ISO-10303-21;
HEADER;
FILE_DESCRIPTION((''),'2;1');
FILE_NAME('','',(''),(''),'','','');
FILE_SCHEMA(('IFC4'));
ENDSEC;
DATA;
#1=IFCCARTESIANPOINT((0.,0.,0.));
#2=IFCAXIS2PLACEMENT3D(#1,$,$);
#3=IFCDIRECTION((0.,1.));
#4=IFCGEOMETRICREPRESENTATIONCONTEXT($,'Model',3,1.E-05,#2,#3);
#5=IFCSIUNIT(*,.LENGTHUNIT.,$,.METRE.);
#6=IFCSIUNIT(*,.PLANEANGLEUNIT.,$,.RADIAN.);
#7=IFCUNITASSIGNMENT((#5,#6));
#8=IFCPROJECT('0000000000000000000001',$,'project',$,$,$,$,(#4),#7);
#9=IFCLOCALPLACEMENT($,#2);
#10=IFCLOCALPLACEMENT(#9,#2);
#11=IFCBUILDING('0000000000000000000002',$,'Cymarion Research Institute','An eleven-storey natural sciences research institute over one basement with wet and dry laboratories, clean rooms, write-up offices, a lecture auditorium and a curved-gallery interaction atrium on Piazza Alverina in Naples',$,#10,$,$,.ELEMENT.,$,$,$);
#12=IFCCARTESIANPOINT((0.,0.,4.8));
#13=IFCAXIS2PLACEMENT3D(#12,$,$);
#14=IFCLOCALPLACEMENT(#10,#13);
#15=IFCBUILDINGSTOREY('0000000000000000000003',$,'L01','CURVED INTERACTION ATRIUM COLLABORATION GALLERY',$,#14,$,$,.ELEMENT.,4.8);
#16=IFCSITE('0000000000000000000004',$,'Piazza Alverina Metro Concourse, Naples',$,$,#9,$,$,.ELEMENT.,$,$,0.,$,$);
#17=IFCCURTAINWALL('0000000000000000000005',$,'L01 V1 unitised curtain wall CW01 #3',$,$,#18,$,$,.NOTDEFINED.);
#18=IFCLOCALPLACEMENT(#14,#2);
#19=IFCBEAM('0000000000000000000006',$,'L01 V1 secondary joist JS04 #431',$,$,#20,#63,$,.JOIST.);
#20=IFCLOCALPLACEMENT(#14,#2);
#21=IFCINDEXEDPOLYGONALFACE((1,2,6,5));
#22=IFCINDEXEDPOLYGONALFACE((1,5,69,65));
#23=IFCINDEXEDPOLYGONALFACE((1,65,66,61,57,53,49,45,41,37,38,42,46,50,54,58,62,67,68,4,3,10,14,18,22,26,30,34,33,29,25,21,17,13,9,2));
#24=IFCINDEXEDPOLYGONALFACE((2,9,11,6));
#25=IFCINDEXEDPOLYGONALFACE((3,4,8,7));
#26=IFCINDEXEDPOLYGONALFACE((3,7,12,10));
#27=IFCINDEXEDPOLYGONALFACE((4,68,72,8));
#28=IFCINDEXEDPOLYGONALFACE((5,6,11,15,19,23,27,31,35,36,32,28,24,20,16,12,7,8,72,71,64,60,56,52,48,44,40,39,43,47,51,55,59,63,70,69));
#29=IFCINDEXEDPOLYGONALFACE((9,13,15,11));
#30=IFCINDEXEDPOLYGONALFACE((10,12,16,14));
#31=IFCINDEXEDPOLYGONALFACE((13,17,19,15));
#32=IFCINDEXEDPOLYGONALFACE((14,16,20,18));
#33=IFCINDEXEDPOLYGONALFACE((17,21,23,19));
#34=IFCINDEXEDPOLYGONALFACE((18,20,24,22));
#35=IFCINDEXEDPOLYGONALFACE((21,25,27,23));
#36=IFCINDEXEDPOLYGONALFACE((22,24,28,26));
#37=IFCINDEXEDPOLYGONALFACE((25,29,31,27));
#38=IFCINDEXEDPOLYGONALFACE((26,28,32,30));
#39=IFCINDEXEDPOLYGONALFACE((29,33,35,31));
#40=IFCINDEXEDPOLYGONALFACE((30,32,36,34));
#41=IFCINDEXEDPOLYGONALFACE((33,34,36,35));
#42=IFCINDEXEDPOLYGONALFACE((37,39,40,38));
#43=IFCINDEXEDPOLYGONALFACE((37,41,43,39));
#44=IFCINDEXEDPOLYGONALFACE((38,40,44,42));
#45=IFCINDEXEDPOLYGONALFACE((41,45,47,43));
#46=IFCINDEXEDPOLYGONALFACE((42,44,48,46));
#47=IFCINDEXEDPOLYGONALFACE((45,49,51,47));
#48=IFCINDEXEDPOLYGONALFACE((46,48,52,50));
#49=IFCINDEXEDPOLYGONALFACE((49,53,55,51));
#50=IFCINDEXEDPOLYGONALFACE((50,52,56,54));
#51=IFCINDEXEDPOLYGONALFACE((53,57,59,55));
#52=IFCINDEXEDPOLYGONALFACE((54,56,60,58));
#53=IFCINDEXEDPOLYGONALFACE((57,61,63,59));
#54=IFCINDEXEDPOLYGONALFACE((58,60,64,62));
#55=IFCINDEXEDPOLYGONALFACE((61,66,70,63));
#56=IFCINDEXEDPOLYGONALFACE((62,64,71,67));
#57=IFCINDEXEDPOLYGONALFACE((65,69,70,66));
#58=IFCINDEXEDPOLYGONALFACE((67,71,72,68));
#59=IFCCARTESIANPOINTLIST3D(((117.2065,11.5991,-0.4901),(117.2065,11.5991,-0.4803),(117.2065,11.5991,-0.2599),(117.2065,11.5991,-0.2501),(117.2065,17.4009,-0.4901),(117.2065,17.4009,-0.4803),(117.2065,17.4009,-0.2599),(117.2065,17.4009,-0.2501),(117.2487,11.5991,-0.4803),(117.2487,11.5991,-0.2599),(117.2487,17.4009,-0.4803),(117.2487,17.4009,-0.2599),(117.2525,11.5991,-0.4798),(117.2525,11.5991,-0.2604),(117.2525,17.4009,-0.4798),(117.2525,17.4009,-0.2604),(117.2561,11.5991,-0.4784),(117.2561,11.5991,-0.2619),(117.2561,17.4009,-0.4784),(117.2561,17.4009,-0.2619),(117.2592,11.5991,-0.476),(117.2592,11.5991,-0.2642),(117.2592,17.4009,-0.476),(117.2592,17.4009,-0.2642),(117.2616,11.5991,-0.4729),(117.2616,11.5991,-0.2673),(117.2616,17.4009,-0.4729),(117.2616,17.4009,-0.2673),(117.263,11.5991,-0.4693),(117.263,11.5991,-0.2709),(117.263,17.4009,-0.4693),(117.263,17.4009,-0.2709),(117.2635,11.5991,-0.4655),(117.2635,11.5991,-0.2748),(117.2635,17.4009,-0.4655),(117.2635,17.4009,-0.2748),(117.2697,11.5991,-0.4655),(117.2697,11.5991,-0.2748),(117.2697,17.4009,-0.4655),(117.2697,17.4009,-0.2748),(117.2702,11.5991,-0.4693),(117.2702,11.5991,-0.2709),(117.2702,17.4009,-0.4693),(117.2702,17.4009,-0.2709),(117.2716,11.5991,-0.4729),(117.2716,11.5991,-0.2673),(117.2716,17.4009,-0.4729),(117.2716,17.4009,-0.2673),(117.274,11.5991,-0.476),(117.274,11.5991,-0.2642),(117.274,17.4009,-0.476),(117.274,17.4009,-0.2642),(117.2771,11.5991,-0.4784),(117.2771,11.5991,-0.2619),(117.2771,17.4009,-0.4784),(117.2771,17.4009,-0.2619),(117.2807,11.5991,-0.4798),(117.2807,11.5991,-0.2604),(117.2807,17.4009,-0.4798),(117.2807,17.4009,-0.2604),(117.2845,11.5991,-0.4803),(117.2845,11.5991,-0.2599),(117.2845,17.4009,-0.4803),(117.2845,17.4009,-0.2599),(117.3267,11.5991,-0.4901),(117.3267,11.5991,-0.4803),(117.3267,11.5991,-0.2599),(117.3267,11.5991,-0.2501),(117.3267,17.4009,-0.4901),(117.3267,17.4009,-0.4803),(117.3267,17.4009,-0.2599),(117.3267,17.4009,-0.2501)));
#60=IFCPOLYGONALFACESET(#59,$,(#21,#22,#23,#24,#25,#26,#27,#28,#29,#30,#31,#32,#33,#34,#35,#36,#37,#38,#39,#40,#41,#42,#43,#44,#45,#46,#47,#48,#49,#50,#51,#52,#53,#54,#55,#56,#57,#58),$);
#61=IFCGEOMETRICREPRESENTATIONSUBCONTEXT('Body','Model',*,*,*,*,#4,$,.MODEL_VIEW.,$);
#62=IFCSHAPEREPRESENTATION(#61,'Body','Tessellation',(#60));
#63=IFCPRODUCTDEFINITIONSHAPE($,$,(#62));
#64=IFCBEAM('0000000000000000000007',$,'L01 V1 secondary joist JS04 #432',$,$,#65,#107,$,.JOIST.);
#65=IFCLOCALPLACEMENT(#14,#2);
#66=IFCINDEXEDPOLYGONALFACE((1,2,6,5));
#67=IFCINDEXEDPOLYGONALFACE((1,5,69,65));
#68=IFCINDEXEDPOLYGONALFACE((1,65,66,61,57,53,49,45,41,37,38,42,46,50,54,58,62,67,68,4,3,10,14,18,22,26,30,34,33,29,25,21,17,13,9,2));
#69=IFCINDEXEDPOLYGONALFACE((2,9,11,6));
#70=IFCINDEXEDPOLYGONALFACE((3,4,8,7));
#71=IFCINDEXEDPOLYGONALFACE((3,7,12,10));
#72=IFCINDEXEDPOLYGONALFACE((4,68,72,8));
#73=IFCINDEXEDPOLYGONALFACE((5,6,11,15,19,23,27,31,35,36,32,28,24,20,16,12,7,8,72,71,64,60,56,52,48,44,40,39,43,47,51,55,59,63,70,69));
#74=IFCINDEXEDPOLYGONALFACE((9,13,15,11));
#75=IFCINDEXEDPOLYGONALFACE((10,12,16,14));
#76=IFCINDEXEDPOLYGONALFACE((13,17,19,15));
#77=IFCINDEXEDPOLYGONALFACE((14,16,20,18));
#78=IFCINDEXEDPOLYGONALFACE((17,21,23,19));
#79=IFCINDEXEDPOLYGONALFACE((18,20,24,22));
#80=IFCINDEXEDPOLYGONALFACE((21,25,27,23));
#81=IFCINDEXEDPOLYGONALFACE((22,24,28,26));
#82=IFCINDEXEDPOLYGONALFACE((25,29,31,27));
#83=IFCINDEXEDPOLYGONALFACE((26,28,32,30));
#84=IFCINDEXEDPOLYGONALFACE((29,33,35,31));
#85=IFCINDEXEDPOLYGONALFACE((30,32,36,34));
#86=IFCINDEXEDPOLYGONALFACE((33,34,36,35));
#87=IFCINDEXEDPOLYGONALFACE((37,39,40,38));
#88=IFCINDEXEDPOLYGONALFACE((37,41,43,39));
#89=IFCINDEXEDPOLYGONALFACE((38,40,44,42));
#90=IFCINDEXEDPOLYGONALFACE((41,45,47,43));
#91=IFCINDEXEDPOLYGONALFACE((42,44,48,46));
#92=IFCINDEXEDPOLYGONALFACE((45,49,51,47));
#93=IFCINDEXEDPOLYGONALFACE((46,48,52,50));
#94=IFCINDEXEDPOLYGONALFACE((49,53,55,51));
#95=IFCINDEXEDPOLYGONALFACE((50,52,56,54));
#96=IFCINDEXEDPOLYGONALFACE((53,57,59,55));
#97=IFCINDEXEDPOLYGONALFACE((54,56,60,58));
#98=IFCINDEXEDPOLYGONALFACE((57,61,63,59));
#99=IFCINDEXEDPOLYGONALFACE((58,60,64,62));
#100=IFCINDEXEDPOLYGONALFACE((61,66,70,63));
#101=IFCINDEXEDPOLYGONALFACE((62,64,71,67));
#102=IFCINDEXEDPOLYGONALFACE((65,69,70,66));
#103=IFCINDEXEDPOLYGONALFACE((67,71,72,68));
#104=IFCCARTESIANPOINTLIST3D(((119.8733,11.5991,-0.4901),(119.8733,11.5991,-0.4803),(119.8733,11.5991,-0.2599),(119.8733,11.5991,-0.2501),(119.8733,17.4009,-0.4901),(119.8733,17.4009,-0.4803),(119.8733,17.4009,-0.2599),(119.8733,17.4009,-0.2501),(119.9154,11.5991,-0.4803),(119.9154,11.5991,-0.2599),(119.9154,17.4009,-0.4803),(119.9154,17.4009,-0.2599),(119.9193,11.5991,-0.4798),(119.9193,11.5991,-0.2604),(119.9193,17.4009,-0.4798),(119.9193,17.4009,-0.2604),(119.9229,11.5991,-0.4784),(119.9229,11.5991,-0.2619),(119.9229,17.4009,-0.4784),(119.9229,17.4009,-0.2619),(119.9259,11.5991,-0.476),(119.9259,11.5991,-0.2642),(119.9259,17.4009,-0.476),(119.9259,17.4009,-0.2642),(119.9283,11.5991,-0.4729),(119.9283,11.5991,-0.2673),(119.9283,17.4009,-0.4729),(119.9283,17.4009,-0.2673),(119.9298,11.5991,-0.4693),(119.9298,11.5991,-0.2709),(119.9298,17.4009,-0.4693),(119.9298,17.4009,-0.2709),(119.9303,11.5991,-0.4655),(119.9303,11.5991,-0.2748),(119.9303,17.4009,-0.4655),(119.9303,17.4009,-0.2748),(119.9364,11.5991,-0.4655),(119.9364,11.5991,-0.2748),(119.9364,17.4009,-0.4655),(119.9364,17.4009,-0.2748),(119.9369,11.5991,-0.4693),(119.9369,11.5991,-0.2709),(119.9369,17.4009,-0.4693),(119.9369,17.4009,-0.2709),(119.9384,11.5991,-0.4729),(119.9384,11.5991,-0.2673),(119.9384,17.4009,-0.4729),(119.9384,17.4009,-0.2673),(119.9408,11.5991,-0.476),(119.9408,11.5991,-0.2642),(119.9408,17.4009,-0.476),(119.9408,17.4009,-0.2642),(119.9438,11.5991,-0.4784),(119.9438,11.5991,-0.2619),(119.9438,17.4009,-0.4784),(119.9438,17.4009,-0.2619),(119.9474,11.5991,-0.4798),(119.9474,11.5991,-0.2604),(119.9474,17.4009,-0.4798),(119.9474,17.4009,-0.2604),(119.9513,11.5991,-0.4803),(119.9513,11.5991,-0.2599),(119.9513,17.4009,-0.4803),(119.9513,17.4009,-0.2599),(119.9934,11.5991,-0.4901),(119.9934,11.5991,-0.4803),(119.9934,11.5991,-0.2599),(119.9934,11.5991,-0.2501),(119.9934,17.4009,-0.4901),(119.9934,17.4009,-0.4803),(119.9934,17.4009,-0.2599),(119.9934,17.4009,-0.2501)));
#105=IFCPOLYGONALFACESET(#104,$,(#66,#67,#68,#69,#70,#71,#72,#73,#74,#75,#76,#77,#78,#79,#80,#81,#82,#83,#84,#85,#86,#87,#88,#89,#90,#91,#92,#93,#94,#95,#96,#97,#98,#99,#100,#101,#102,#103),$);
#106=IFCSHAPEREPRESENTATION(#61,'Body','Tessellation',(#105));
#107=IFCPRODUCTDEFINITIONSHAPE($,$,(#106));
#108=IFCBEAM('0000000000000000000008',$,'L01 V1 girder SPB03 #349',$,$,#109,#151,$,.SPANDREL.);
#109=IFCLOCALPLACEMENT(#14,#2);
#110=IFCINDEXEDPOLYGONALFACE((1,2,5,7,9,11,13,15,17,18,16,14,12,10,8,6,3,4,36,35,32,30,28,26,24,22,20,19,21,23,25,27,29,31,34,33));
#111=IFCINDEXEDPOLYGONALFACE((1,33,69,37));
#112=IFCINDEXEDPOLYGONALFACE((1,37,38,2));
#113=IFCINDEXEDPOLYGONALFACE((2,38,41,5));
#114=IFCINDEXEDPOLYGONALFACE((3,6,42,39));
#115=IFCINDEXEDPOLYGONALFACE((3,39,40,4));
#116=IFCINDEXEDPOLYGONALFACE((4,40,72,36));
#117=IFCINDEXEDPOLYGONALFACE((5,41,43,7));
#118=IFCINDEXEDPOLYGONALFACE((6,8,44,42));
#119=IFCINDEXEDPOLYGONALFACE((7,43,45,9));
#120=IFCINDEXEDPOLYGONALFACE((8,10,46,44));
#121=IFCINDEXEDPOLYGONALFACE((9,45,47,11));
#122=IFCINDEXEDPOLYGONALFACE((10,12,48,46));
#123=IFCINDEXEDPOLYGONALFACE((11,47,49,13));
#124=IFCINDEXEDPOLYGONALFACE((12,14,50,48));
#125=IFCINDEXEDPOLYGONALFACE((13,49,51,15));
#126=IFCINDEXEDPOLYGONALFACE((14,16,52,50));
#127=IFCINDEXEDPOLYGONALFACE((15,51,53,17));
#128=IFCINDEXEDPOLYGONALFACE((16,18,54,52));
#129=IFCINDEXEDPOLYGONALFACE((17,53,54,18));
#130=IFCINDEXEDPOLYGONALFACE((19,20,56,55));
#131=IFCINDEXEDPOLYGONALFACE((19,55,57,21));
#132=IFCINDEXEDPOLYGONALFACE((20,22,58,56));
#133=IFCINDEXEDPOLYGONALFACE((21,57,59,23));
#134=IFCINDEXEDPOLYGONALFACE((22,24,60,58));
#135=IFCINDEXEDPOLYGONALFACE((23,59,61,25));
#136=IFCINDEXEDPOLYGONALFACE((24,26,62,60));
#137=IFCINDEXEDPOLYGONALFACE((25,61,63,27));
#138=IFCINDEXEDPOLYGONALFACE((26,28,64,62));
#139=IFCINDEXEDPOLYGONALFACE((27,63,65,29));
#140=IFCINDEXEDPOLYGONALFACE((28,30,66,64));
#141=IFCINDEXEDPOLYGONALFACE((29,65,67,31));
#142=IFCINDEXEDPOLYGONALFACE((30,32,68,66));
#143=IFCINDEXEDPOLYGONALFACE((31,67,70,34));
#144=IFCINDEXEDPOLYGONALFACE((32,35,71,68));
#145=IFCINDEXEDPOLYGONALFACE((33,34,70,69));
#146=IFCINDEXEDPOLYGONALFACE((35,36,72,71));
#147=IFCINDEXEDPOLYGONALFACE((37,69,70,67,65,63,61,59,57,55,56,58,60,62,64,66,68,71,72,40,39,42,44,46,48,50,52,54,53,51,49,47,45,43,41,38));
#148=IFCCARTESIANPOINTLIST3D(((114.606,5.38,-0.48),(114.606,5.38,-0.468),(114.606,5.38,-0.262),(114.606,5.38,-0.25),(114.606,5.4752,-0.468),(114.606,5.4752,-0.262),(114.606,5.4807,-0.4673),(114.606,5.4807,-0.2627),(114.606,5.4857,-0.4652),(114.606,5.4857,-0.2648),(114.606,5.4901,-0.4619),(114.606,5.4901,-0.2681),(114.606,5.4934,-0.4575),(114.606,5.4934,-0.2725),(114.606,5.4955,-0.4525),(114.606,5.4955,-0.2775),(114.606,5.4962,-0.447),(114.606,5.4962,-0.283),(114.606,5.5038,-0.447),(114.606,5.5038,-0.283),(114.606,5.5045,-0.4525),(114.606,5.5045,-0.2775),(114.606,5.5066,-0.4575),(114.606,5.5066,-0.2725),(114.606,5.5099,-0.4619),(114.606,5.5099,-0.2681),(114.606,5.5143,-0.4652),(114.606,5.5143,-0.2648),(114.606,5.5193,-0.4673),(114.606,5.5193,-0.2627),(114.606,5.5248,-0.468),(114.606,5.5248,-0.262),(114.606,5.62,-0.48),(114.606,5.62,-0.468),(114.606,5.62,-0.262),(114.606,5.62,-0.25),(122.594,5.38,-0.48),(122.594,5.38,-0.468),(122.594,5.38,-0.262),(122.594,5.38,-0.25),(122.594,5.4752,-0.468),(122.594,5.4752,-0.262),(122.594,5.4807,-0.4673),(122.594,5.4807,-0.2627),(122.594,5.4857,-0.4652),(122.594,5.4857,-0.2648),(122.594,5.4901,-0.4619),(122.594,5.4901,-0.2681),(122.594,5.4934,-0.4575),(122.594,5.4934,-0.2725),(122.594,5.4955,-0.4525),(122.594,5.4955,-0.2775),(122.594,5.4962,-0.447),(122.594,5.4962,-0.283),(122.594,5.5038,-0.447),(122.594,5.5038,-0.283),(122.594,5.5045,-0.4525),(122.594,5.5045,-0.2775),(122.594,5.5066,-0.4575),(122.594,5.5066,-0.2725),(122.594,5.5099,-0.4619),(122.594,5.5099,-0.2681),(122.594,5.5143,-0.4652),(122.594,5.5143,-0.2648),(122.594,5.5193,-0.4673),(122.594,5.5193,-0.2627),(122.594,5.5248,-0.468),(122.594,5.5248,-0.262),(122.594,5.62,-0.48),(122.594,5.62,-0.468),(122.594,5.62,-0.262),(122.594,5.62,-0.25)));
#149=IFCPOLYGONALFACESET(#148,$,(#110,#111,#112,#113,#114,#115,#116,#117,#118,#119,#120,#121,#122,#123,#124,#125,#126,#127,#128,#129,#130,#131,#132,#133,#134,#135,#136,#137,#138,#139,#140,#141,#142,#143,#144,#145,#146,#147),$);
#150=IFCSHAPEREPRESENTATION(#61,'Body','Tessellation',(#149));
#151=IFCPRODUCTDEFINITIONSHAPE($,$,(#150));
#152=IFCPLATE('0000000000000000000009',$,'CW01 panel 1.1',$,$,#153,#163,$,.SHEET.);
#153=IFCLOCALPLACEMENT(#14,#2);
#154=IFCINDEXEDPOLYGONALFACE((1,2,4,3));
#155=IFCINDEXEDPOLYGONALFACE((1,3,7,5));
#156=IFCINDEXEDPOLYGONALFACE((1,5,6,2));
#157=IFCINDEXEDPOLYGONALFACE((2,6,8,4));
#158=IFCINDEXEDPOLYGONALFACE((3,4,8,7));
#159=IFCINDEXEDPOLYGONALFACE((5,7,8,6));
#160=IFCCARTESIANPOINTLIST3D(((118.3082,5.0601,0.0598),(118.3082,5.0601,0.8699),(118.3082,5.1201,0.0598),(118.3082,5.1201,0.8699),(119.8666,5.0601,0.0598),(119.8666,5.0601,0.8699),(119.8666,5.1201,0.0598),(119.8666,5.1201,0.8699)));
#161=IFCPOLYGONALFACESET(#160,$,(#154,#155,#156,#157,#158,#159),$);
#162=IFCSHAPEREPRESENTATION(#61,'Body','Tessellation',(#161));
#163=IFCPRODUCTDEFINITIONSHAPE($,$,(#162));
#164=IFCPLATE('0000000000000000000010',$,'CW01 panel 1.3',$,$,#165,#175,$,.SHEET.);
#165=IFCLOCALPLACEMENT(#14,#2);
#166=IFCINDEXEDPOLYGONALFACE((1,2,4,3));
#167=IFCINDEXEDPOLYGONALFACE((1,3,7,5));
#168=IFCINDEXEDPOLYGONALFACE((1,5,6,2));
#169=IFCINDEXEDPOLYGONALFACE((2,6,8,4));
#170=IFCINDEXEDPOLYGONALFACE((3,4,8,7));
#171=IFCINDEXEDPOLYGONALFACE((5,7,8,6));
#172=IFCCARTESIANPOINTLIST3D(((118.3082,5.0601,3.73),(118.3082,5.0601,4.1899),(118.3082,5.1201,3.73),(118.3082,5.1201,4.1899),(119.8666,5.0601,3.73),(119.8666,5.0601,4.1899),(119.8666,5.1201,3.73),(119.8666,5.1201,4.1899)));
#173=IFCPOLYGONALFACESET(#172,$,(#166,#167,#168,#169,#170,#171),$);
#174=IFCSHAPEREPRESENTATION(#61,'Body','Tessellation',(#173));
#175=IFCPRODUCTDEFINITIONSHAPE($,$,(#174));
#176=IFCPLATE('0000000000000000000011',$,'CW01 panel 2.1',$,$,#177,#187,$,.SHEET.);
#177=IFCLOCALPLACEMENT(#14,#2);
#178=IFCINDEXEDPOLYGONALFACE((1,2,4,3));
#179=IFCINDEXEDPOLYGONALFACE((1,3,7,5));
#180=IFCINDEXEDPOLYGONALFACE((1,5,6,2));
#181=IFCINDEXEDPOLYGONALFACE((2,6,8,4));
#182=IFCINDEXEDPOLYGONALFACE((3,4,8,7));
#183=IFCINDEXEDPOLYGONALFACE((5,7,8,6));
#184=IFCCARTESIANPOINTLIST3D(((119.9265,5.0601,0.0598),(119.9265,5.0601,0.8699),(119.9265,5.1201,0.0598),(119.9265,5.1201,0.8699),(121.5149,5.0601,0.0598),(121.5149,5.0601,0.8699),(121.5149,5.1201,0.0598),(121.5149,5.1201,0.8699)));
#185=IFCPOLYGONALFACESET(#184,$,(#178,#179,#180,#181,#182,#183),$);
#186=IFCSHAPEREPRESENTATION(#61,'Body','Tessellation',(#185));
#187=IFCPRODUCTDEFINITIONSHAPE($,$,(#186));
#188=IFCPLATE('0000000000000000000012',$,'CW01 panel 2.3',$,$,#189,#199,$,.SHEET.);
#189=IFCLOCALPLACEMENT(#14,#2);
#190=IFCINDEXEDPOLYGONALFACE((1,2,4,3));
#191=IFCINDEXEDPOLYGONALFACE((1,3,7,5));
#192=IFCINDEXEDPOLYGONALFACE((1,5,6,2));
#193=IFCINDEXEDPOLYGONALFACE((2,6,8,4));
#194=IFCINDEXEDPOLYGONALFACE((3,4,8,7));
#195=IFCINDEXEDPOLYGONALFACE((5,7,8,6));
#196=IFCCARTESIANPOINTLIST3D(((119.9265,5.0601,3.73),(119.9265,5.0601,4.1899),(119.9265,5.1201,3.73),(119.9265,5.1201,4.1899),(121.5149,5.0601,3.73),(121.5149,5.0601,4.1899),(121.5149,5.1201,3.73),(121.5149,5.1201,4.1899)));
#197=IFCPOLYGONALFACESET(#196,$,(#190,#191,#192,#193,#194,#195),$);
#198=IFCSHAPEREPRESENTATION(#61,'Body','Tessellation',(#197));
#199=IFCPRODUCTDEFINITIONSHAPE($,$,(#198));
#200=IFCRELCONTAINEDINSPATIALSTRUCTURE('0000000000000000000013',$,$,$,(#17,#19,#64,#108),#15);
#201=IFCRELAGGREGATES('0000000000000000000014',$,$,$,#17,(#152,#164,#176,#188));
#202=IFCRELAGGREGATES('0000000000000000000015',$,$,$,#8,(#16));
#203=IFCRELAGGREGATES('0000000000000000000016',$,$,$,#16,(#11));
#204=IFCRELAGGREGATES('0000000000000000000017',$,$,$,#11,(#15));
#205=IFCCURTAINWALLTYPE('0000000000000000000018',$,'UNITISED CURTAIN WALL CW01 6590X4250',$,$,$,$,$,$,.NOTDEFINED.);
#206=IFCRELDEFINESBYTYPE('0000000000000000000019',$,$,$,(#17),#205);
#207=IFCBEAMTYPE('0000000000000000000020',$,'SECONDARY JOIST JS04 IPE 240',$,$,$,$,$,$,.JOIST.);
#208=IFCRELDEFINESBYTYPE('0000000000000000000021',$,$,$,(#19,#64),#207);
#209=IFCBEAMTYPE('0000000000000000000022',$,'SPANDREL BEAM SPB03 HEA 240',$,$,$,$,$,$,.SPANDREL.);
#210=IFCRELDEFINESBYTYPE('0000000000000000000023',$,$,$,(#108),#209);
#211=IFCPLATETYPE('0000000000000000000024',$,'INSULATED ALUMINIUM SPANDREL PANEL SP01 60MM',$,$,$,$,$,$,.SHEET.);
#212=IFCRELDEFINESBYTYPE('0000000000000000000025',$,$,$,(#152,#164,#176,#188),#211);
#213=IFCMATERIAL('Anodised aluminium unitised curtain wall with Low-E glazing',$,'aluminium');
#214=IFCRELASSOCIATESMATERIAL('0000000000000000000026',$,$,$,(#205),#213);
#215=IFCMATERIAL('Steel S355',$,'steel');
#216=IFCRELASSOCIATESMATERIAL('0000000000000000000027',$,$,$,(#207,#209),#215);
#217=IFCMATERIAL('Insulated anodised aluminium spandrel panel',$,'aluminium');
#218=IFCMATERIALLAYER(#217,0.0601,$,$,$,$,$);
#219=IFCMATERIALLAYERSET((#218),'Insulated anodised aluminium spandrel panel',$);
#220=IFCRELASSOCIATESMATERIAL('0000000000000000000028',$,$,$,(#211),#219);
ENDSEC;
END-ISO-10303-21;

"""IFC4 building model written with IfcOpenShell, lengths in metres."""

from ifc_helpers import new_model, si_unit, direction, frame, origin, origin_2d, place, context, subcontext, project, spatial, rectangle, i_section, extrude, material, layer, layer_set, material_profile, profile_set, type_object, element, aggregate, save


model = new_model("IFC4")

# Units and contexts
model_context = context("Model", 3, precision=1e-05, world=origin(), true_north=direction((0.0, 1.0)))
body_context = subcontext(model_context, "Body", "Model", "MODEL_VIEW")
ifc_project = project(units=[si_unit("LENGTHUNIT", "METRE"), si_unit("PLANEANGLEUNIT", "RADIAN")], contexts=[model_context])

# Site, building, storey
site_placement = place(None, origin())
site = spatial("IfcSite", under=ifc_project, at=site_placement, Name="Piazza Alverina Metro Concourse, Naples", CompositionType="ELEMENT", RefElevation=0.0)
building_placement = place(site_placement, origin())
building = spatial("IfcBuilding", under=site, at=building_placement, Name="Cymarion Research Institute", Description="An eleven-storey natural sciences research institute over one basement with wet and dry laboratories, clean rooms, write-up offices, a lecture auditorium and a curved-gallery interaction atrium on Piazza Alverina in Naples", CompositionType="ELEMENT")
storey_placement = place(building_placement, frame((0.0, 0.0, 4.8)))
storey = spatial("IfcBuildingStorey", under=building, at=storey_placement, Name="L01", Description="CURVED INTERACTION ATRIUM COLLABORATION GALLERY", CompositionType="ELEMENT", Elevation=4.8)

# Shared definitions
ifc_material_1 = material(Name="Steel S355", Category="steel")

# Curtain wall
ifc_material_2 = material(Name="Anodised aluminium unitised curtain wall with Low-E glazing", Category="aluminium")
curtain_wall_type = type_object("IfcCurtainWallType", Name="UNITISED CURTAIN WALL CW01 6590X4250", PredefinedType="NOTDEFINED", material=ifc_material_2)
curtain_wall_placement = place(storey_placement, origin())
curtain_wall = element("IfcCurtainWall", 1, at=curtain_wall_placement, inside=storey, type_object=curtain_wall_type, Name="L01 V1 unitised curtain wall CW01 #3", PredefinedType="NOTDEFINED")

# Beams
ifc_material_profile_1 = material_profile(ifc_material_1, i_section(OverallWidth=0.1201, OverallDepth=0.24, WebThickness=0.0061, FlangeThickness=0.0098, FilletRadius=0.0149, at=origin_2d()), Name="IPE 240")
ifc_profile_set_1 = profile_set([ifc_material_profile_1], Name="Steel S355")
beam_type_1 = type_object("IfcBeamType", Name="SECONDARY JOIST JS04 IPE 240", PredefinedType="JOIST", material=ifc_profile_set_1)
for number, where, z_axis, x_axis, name in (
    (2, (117.2666, 11.5991, -0.3701), (0.0, 1.0, 0.0), (-1.0, 0.0, 0.0), "L01 V1 secondary joist JS04 #431"),
    (3, (119.9333, 11.5991, -0.3701), (0.0, 1.0, 0.0), (-1.0, 0.0, 0.0), "L01 V1 secondary joist JS04 #432"),
):
    element("IfcBeam", number, at=place(storey_placement, frame(where, z_axis=z_axis, x_axis=x_axis)), inside=storey, type_object=beam_type_1, Name=name, PredefinedType="JOIST", context=body_context, shape_type="SweptSolid", body=[
        extrude(i_section(OverallWidth=0.1201, OverallDepth=0.24, WebThickness=0.0061, FlangeThickness=0.0098, FilletRadius=0.0149, at=origin_2d()), origin(), (0.0, 0.0, 1.0), 5.8018),
    ])
ifc_material_profile_2 = material_profile(ifc_material_1, i_section(OverallWidth=0.24, OverallDepth=0.23, WebThickness=0.0076, FlangeThickness=0.012, FilletRadius=0.021, at=origin_2d()), Name="HEA 240")
ifc_profile_set_2 = profile_set([ifc_material_profile_2], Name="Steel S355")
beam_type_2 = type_object("IfcBeamType", Name="SPANDREL BEAM SPB03 HEA 240", PredefinedType="SPANDREL", material=ifc_profile_set_2)
beam_placement = place(storey_placement, frame((114.606, 5.5, -0.365), z_axis=(1.0, 0.0, 0.0), x_axis=(0.0, 1.0, 0.0)))
element("IfcBeam", 4, at=beam_placement, inside=storey, type_object=beam_type_2, Name="L01 V1 girder SPB03 #349", PredefinedType="SPANDREL", context=body_context, shape_type="SweptSolid", body=[
    extrude(i_section(OverallWidth=0.24, OverallDepth=0.23, WebThickness=0.0076, FlangeThickness=0.012, FilletRadius=0.021, at=origin_2d()), origin(), (0.0, 0.0, 1.0), 7.988),
])

# Plates
ifc_material_3 = material(Name="Insulated anodised aluminium spandrel panel", Category="aluminium")
ifc_layer_1 = layer(ifc_material_3, 0.0601)
ifc_layer_set_1 = layer_set([ifc_layer_1], Name="Insulated anodised aluminium spandrel panel")
plate_type_1 = type_object("IfcPlateType", Name="INSULATED ALUMINIUM SPANDREL PANEL SP01 60MM", PredefinedType="SHEET", material=ifc_layer_set_1)
plate_1_placement = place(storey_placement, frame((119.0874, 5.0901, 0.0598), z_axis=(0.0, 0.0, 1.0), x_axis=(1.0, 0.0, 0.0)))
plate_1 = element("IfcPlate", 5, at=plate_1_placement, type_object=plate_type_1, Name="CW01 panel 1.1", PredefinedType="SHEET", context=body_context, shape_type="SweptSolid", body=[
    extrude(rectangle(XDim=1.5583, YDim=0.0601, at=origin_2d()), origin(), (0.0, 0.0, 1.0), 0.8101),
])
plate_2_placement = place(storey_placement, frame((119.0874, 5.0901, 3.73), z_axis=(0.0, 0.0, 1.0), x_axis=(1.0, 0.0, 0.0)))
plate_2 = element("IfcPlate", 6, at=plate_2_placement, type_object=plate_type_1, Name="CW01 panel 1.3", PredefinedType="SHEET", context=body_context, shape_type="SweptSolid", body=[
    extrude(rectangle(XDim=1.5583, YDim=0.0601, at=origin_2d()), origin(), (0.0, 0.0, 1.0), 0.46),
])
plate_3_placement = place(storey_placement, frame((120.7207, 5.0901, 0.0598), z_axis=(0.0, 0.0, 1.0), x_axis=(1.0, 0.0, 0.0)))
plate_3 = element("IfcPlate", 7, at=plate_3_placement, type_object=plate_type_1, Name="CW01 panel 2.1", PredefinedType="SHEET", context=body_context, shape_type="SweptSolid", body=[
    extrude(rectangle(XDim=1.5884, YDim=0.0601, at=origin_2d()), origin(), (0.0, 0.0, 1.0), 0.8101),
])
plate_4_placement = place(storey_placement, frame((120.7207, 5.0901, 3.73), z_axis=(0.0, 0.0, 1.0), x_axis=(1.0, 0.0, 0.0)))
plate_4 = element("IfcPlate", 8, at=plate_4_placement, type_object=plate_type_1, Name="CW01 panel 2.3", PredefinedType="SHEET", context=body_context, shape_type="SweptSolid", body=[
    extrude(rectangle(XDim=1.5884, YDim=0.0601, at=origin_2d()), origin(), (0.0, 0.0, 1.0), 0.46),
])
aggregate(curtain_wall, [plate_1, plate_2, plate_3, plate_4])

save(model, "model.ifc")
